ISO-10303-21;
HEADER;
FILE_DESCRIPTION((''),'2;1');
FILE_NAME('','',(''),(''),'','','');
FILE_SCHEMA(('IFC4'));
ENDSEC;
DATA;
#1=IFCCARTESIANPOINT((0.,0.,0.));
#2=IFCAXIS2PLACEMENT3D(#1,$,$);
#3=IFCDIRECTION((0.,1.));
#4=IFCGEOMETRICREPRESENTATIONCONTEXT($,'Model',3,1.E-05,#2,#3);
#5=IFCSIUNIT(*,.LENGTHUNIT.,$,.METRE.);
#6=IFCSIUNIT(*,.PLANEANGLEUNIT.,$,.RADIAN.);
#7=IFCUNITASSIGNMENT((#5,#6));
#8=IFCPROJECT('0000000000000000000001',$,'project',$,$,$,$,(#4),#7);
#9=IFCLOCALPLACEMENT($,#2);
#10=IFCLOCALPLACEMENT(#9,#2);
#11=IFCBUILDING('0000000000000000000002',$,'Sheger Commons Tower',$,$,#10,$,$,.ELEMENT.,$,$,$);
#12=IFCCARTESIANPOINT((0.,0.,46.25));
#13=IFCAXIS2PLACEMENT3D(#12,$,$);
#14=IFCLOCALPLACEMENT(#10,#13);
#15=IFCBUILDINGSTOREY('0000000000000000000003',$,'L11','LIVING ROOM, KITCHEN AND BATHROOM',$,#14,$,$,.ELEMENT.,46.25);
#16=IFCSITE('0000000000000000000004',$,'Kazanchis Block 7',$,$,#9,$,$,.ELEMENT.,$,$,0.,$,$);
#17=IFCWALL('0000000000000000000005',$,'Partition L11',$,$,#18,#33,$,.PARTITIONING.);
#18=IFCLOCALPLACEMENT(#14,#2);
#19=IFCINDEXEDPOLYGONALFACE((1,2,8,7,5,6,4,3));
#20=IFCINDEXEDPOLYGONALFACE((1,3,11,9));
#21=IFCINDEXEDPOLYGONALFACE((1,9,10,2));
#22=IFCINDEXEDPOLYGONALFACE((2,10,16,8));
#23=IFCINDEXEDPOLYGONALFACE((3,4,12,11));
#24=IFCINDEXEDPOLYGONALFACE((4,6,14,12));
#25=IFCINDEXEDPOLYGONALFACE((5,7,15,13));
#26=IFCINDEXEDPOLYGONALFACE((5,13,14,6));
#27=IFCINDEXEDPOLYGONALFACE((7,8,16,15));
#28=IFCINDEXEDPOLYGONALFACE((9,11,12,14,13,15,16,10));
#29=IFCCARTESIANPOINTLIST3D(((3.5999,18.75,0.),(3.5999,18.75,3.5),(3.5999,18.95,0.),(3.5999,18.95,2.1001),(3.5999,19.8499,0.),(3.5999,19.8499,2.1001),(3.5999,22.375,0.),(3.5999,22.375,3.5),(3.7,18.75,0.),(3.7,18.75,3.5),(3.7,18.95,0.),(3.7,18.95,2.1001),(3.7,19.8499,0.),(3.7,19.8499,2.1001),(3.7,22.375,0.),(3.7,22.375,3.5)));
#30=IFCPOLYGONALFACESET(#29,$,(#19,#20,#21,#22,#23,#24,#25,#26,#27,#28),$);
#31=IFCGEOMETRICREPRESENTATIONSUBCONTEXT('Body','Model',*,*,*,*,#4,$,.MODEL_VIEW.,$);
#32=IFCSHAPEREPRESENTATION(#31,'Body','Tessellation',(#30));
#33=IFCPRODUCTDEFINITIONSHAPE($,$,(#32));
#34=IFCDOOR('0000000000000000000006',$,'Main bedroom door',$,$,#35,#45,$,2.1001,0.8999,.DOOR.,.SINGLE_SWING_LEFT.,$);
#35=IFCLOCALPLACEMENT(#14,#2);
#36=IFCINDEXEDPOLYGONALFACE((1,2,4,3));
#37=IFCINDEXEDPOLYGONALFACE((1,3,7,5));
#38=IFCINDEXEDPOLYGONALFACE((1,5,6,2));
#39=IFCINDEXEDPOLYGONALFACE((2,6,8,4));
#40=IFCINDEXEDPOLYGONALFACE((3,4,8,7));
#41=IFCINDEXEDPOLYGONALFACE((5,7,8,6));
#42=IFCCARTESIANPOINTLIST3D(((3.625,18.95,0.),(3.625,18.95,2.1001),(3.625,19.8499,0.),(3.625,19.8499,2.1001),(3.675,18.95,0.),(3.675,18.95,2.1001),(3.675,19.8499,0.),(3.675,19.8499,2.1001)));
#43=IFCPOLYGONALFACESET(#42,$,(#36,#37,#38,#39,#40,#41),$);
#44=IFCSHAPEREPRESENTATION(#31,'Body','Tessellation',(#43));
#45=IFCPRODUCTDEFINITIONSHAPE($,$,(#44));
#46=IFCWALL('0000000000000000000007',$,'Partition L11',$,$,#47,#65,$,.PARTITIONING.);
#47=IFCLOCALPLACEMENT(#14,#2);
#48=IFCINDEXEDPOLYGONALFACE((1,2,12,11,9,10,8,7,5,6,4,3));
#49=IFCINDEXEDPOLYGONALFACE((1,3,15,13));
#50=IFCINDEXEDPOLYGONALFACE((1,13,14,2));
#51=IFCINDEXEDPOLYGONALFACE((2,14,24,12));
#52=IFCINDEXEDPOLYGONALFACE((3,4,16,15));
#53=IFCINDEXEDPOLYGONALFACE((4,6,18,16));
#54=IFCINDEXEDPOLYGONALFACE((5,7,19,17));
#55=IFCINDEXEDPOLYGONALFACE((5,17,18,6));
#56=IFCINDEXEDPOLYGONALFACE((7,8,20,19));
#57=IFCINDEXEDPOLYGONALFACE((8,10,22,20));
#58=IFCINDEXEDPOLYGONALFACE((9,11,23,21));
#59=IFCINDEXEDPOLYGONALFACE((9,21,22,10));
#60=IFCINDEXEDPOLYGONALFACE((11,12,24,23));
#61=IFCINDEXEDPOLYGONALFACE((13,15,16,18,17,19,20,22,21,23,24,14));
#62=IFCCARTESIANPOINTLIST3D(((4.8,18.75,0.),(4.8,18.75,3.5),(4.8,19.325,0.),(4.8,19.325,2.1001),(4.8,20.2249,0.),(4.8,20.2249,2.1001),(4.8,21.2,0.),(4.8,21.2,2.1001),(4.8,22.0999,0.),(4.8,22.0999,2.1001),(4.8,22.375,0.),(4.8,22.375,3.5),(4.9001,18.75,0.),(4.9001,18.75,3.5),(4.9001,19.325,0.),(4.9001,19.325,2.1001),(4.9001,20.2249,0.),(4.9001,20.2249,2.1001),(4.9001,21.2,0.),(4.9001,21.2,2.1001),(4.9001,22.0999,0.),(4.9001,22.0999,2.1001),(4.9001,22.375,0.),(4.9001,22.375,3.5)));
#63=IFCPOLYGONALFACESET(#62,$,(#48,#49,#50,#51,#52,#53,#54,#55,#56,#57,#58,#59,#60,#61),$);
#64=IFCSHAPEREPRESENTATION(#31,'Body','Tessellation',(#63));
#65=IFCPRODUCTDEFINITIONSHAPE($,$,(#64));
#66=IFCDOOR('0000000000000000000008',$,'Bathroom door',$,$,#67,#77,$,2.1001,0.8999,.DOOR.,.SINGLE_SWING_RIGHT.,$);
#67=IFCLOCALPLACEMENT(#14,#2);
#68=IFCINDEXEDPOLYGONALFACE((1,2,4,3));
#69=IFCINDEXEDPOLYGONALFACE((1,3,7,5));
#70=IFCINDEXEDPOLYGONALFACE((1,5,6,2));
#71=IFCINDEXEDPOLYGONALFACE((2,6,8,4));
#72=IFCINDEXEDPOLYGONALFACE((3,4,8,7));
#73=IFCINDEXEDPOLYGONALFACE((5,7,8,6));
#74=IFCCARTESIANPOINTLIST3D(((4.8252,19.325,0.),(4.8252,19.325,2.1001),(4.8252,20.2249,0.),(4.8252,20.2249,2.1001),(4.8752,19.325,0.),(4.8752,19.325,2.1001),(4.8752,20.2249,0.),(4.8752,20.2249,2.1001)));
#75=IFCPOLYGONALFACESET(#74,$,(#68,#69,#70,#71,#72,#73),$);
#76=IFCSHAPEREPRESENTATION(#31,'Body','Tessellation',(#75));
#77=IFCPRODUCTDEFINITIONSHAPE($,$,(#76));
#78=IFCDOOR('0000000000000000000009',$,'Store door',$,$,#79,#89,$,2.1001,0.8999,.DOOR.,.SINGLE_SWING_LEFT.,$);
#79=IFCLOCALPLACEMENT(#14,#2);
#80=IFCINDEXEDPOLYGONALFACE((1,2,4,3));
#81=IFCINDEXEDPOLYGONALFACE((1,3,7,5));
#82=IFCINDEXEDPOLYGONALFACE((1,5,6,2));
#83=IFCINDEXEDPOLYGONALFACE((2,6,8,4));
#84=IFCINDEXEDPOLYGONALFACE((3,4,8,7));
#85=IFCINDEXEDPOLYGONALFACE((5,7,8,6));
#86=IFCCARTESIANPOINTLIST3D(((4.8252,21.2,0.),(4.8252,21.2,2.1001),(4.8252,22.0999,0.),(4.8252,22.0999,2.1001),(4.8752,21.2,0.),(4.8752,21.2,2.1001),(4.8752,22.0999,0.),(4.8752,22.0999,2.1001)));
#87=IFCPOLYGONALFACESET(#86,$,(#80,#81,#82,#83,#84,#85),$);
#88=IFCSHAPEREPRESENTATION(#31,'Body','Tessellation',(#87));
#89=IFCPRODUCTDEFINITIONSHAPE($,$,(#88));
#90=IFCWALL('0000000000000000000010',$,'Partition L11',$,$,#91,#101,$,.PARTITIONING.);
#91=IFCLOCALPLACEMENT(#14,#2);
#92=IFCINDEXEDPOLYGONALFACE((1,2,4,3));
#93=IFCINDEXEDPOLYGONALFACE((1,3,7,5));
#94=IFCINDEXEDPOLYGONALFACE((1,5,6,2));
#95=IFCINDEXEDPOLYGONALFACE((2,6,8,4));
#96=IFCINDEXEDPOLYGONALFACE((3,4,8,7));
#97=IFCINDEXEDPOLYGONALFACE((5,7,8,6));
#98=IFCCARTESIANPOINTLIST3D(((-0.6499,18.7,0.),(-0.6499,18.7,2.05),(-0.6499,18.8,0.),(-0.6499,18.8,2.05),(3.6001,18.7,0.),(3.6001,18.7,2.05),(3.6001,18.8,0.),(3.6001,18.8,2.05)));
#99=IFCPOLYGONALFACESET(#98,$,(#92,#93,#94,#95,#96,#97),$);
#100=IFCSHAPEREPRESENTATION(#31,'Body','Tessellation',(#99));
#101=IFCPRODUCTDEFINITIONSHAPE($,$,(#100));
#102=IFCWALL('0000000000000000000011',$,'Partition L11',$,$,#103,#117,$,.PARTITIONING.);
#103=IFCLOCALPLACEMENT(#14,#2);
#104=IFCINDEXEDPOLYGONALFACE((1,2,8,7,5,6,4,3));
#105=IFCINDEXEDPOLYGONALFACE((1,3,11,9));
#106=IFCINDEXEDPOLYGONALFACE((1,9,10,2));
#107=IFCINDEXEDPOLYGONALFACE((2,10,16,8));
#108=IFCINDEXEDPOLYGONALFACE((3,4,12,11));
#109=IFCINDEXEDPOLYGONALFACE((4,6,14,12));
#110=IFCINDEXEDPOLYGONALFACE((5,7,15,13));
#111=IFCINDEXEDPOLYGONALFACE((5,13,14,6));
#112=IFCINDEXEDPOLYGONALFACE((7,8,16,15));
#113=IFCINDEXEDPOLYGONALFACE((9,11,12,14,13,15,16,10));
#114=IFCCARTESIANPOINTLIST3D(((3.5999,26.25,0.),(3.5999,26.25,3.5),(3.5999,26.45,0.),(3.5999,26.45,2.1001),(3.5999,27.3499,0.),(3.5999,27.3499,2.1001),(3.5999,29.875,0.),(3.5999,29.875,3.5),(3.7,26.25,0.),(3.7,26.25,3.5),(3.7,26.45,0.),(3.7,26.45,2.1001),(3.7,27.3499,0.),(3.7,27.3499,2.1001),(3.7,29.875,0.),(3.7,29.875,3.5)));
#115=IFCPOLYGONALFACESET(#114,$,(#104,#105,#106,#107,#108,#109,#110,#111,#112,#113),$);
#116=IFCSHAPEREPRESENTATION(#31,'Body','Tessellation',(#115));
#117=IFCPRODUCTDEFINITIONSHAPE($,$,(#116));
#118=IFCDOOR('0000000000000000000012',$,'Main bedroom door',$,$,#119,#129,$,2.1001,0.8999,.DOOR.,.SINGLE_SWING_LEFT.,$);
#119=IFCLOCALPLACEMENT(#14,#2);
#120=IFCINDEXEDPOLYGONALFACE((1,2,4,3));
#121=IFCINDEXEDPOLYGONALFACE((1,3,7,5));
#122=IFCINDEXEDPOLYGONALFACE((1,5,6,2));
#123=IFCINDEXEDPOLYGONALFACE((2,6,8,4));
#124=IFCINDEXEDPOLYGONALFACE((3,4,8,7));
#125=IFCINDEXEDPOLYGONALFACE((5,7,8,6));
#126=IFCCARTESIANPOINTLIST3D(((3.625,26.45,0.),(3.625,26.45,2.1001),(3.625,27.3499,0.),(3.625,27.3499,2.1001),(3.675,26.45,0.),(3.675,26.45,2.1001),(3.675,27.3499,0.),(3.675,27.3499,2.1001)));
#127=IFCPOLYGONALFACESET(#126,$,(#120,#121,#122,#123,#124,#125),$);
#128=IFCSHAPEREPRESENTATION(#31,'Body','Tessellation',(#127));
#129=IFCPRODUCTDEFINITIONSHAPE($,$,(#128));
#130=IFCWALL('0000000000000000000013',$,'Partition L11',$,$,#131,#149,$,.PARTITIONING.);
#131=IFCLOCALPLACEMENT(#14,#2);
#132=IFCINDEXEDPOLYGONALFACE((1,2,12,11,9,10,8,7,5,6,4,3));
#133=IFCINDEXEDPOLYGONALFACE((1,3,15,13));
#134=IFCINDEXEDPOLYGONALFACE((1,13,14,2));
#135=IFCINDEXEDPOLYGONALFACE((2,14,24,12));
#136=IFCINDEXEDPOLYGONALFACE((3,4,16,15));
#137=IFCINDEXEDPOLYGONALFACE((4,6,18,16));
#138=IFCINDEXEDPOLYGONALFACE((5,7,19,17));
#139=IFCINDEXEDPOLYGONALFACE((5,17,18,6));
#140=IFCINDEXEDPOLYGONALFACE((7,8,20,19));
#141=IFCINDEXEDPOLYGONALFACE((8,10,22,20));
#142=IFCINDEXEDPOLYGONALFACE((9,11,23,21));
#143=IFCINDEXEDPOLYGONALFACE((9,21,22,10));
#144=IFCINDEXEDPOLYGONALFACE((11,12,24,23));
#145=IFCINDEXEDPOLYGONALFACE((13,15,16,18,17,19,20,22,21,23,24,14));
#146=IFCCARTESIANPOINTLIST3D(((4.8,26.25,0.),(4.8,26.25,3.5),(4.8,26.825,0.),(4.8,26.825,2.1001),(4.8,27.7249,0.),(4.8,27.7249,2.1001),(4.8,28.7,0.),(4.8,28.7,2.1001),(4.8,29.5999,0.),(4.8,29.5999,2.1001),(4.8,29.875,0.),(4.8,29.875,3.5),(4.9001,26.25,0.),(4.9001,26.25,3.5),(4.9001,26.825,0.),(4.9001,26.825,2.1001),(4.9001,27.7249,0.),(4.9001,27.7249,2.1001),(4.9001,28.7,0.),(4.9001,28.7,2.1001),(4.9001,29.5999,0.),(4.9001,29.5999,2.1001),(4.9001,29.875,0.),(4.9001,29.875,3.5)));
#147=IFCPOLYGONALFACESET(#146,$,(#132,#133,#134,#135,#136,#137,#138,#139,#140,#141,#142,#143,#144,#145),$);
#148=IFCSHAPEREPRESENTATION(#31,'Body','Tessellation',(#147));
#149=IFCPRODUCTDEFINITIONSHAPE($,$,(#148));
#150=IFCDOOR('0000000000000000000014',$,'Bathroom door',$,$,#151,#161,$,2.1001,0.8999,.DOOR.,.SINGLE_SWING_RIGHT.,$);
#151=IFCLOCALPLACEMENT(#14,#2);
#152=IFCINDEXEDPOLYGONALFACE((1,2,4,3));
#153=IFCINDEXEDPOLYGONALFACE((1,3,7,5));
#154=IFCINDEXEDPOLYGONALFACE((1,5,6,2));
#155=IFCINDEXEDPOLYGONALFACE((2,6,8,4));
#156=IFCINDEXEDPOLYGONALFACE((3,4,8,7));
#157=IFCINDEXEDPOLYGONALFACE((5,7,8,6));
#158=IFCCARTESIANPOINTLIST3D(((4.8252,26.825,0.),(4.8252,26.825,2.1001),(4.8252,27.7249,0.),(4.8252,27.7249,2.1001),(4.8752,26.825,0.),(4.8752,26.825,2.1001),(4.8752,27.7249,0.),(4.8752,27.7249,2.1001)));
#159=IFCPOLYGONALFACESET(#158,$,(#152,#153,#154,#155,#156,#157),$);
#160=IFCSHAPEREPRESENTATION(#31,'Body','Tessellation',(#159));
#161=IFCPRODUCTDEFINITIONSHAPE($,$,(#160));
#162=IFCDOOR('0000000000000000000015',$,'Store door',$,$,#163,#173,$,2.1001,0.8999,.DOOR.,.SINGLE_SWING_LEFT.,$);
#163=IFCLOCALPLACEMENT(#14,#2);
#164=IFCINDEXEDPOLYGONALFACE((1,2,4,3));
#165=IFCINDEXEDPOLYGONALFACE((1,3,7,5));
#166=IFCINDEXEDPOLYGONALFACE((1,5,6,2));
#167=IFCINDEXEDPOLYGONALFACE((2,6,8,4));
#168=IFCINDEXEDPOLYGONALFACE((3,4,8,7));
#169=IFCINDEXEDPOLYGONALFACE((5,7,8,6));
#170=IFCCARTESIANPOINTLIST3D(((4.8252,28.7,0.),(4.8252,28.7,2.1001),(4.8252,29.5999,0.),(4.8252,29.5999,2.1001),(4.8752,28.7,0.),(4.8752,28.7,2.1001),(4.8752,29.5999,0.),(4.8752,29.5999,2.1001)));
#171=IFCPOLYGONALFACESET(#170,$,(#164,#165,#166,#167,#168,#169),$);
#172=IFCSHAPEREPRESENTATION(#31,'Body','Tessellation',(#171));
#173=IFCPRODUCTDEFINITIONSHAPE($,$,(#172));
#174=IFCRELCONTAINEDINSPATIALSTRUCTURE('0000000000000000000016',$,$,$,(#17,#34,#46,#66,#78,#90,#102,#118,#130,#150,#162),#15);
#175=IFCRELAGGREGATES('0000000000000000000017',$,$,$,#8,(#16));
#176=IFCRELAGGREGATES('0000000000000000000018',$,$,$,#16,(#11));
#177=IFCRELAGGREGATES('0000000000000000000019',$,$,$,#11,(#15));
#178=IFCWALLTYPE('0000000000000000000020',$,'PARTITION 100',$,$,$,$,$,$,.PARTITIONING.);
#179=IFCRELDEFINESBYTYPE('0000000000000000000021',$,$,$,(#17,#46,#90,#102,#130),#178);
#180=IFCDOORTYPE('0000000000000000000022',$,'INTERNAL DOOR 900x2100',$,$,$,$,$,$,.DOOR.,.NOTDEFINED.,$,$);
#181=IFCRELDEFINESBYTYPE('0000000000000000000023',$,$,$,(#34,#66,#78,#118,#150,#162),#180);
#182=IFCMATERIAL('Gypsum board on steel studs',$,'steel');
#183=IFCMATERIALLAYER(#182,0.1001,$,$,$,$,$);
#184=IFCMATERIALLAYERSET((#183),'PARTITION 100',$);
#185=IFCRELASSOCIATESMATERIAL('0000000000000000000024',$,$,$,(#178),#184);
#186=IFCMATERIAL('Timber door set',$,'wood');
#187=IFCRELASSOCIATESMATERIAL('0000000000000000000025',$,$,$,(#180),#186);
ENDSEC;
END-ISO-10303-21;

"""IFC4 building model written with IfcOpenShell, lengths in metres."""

from ifc_helpers import new_model, si_unit, direction, frame, frame_2d, origin, place, context, subcontext, project, spatial, rectangle, extrude, material, layer, layer_set, type_object, element, fill, save


model = new_model("IFC4")

# Units and contexts
model_context = context("Model", 3, precision=1e-05, world=origin(), true_north=direction((0.0, 1.0)))
body_context = subcontext(model_context, "Body", "Model", "MODEL_VIEW")
ifc_project = project(units=[si_unit("LENGTHUNIT", "METRE"), si_unit("PLANEANGLEUNIT", "RADIAN")], contexts=[model_context])

# Site, building, storey
site_placement = place(None, origin())
site = spatial("IfcSite", under=ifc_project, at=site_placement, Name="Kazanchis Block 7", CompositionType="ELEMENT", RefElevation=0.0)
building_placement = place(site_placement, origin())
building = spatial("IfcBuilding", under=site, at=building_placement, Name="Sheger Commons Tower", CompositionType="ELEMENT")
storey_placement = place(building_placement, frame((0.0, 0.0, 46.25)))
storey = spatial("IfcBuildingStorey", under=building, at=storey_placement, Name="L11", Description="LIVING ROOM, KITCHEN AND BATHROOM", CompositionType="ELEMENT", Elevation=46.25)

# Wall, opening, door
ifc_material_1 = material(Name="Gypsum board on steel studs", Category="steel")
ifc_layer_1 = layer(ifc_material_1, 0.1001)
ifc_layer_set_1 = layer_set([ifc_layer_1], Name="PARTITION 100")
wall_type_1 = type_object("IfcWallType", Name="PARTITION 100", PredefinedType="PARTITIONING", material=ifc_layer_set_1)
wall_1_placement = place(storey_placement, frame((3.6499, 18.75, 0.0), z_axis=(0.0, 0.0, 1.0), x_axis=(0.0, 1.0, 0.0)))
wall_1 = element("IfcWall", 1, at=wall_1_placement, inside=storey, type_object=wall_type_1, Name="Partition L11", PredefinedType="PARTITIONING", context=body_context, shape_type="SweptSolid", body=[
    extrude(rectangle(XDim=3.625, YDim=0.1001, at=frame_2d((1.8125, 0.0))), origin(), (0.0, 0.0, 1.0), 3.5),
])
opening_1_placement = place(wall_1_placement, frame((0.2, 0.0, 0.0)))
opening_1 = element("IfcOpeningElement", 2, at=opening_1_placement, cuts=wall_1, PredefinedType="OPENING", context=body_context, shape_type="SweptSolid", body=[
    extrude(rectangle(XDim=0.8999, YDim=2.1001, at=frame_2d((0.45, 1.05))), frame((0.0, 0.0601, 0.0), z_axis=(0.0, -1.0, 0.0), x_axis=(1.0, 0.0, 0.0)), (0.0, 0.0, 1.0), 0.1201),
])
ifc_material_2 = material(Name="Timber door set", Category="wood")
door_type = type_object("IfcDoorType", Name="INTERNAL DOOR 900x2100", OperationType="NOTDEFINED", PredefinedType="DOOR", material=ifc_material_2)
door_1_placement = place(opening_1_placement, origin())
door_1 = element("IfcDoor", 3, at=door_1_placement, inside=storey, type_object=door_type, Name="Main bedroom door", OperationType="SINGLE_SWING_LEFT", OverallHeight=2.1001, OverallWidth=0.8999, PredefinedType="DOOR", context=body_context, shape_type="SweptSolid", body=[
    extrude(rectangle(XDim=0.8999, YDim=2.1001, at=frame_2d((0.45, 1.05))), frame((0.0, 0.0249, 0.0), z_axis=(0.0, -1.0, 0.0), x_axis=(1.0, 0.0, 0.0)), (0.0, 0.0, 1.0), 0.05),
])
fill(opening_1, door_1)

# Wall, openings, doors
wall_2_placement = place(storey_placement, frame((4.8501, 18.75, 0.0), z_axis=(0.0, 0.0, 1.0), x_axis=(0.0, 1.0, 0.0)))
wall_2 = element("IfcWall", 4, at=wall_2_placement, inside=storey, type_object=wall_type_1, Name="Partition L11", PredefinedType="PARTITIONING", context=body_context, shape_type="SweptSolid", body=[
    extrude(rectangle(XDim=3.625, YDim=0.1001, at=frame_2d((1.8125, 0.0))), origin(), (0.0, 0.0, 1.0), 3.5),
])
opening_2_placement = place(wall_2_placement, frame((0.575, 0.0, 0.0)))
opening_2 = element("IfcOpeningElement", 5, at=opening_2_placement, cuts=wall_2, PredefinedType="OPENING", context=body_context, shape_type="SweptSolid", body=[
    extrude(rectangle(XDim=0.8999, YDim=2.1001, at=frame_2d((0.45, 1.05))), frame((0.0, 0.0601, 0.0), z_axis=(0.0, -1.0, 0.0), x_axis=(1.0, 0.0, 0.0)), (0.0, 0.0, 1.0), 0.1201),
])
opening_3_placement = place(wall_2_placement, frame((2.45, 0.0, 0.0)))
opening_3 = element("IfcOpeningElement", 6, at=opening_3_placement, cuts=wall_2, PredefinedType="OPENING", context=body_context, shape_type="SweptSolid", body=[
    extrude(rectangle(XDim=0.8999, YDim=2.1001, at=frame_2d((0.45, 1.05))), frame((0.0, 0.0601, 0.0), z_axis=(0.0, -1.0, 0.0), x_axis=(1.0, 0.0, 0.0)), (0.0, 0.0, 1.0), 0.1201),
])
door_2_placement = place(opening_2_placement, origin())
door_2 = element("IfcDoor", 7, at=door_2_placement, inside=storey, type_object=door_type, Name="Bathroom door", OperationType="SINGLE_SWING_RIGHT", OverallHeight=2.1001, OverallWidth=0.8999, PredefinedType="DOOR", context=body_context, shape_type="SweptSolid", body=[
    extrude(rectangle(XDim=0.8999, YDim=2.1001, at=frame_2d((0.45, 1.05))), frame((0.0, 0.0249, 0.0), z_axis=(0.0, -1.0, 0.0), x_axis=(1.0, 0.0, 0.0)), (0.0, 0.0, 1.0), 0.05),
])
fill(opening_2, door_2)
door_3_placement = place(opening_3_placement, origin())
door_3 = element("IfcDoor", 8, at=door_3_placement, inside=storey, type_object=door_type, Name="Store door", OperationType="SINGLE_SWING_LEFT", OverallHeight=2.1001, OverallWidth=0.8999, PredefinedType="DOOR", context=body_context, shape_type="SweptSolid", body=[
    extrude(rectangle(XDim=0.8999, YDim=2.1001, at=frame_2d((0.45, 1.05))), frame((0.0, 0.0249, 0.0), z_axis=(0.0, -1.0, 0.0), x_axis=(1.0, 0.0, 0.0)), (0.0, 0.0, 1.0), 0.05),
])
fill(opening_3, door_3)

# Wall
wall_3_placement = place(storey_placement, frame((-0.6499, 18.75, 0.0), z_axis=(0.0, 0.0, 1.0), x_axis=(1.0, 0.0, 0.0)))
element("IfcWall", 9, at=wall_3_placement, inside=storey, type_object=wall_type_1, Name="Partition L11", PredefinedType="PARTITIONING", context=body_context, shape_type="SweptSolid", body=[
    extrude(rectangle(XDim=4.25, YDim=0.1001, at=frame_2d((2.125, 0.0))), origin(), (0.0, 0.0, 1.0), 2.05),
])

# Wall, opening, door
wall_4_placement = place(storey_placement, frame((3.6499, 26.25, 0.0), z_axis=(0.0, 0.0, 1.0), x_axis=(0.0, 1.0, 0.0)))
wall_4 = element("IfcWall", 10, at=wall_4_placement, inside=storey, type_object=wall_type_1, Name="Partition L11", PredefinedType="PARTITIONING", context=body_context, shape_type="SweptSolid", body=[
    extrude(rectangle(XDim=3.625, YDim=0.1001, at=frame_2d((1.8125, 0.0))), origin(), (0.0, 0.0, 1.0), 3.5),
])
opening_4_placement = place(wall_4_placement, frame((0.2, 0.0, 0.0)))
opening_4 = element("IfcOpeningElement", 11, at=opening_4_placement, cuts=wall_4, PredefinedType="OPENING", context=body_context, shape_type="SweptSolid", body=[
    extrude(rectangle(XDim=0.8999, YDim=2.1001, at=frame_2d((0.45, 1.05))), frame((0.0, 0.0601, 0.0), z_axis=(0.0, -1.0, 0.0), x_axis=(1.0, 0.0, 0.0)), (0.0, 0.0, 1.0), 0.1201),
])
door_4_placement = place(opening_4_placement, origin())
door_4 = element("IfcDoor", 12, at=door_4_placement, inside=storey, type_object=door_type, Name="Main bedroom door", OperationType="SINGLE_SWING_LEFT", OverallHeight=2.1001, OverallWidth=0.8999, PredefinedType="DOOR", context=body_context, shape_type="SweptSolid", body=[
    extrude(rectangle(XDim=0.8999, YDim=2.1001, at=frame_2d((0.45, 1.05))), frame((0.0, 0.0249, 0.0), z_axis=(0.0, -1.0, 0.0), x_axis=(1.0, 0.0, 0.0)), (0.0, 0.0, 1.0), 0.05),
])
fill(opening_4, door_4)

# Wall, openings, doors
wall_5_placement = place(storey_placement, frame((4.8501, 26.25, 0.0), z_axis=(0.0, 0.0, 1.0), x_axis=(0.0, 1.0, 0.0)))
wall_5 = element("IfcWall", 13, at=wall_5_placement, inside=storey, type_object=wall_type_1, Name="Partition L11", PredefinedType="PARTITIONING", context=body_context, shape_type="SweptSolid", body=[
    extrude(rectangle(XDim=3.625, YDim=0.1001, at=frame_2d((1.8125, 0.0))), origin(), (0.0, 0.0, 1.0), 3.5),
])
opening_5_placement = place(wall_5_placement, frame((0.575, 0.0, 0.0)))
opening_5 = element("IfcOpeningElement", 14, at=opening_5_placement, cuts=wall_5, PredefinedType="OPENING", context=body_context, shape_type="SweptSolid", body=[
    extrude(rectangle(XDim=0.8999, YDim=2.1001, at=frame_2d((0.45, 1.05))), frame((0.0, 0.0601, 0.0), z_axis=(0.0, -1.0, 0.0), x_axis=(1.0, 0.0, 0.0)), (0.0, 0.0, 1.0), 0.1201),
])
opening_6_placement = place(wall_5_placement, frame((2.45, 0.0, 0.0)))
opening_6 = element("IfcOpeningElement", 15, at=opening_6_placement, cuts=wall_5, PredefinedType="OPENING", context=body_context, shape_type="SweptSolid", body=[
    extrude(rectangle(XDim=0.8999, YDim=2.1001, at=frame_2d((0.45, 1.05))), frame((0.0, 0.0601, 0.0), z_axis=(0.0, -1.0, 0.0), x_axis=(1.0, 0.0, 0.0)), (0.0, 0.0, 1.0), 0.1201),
])
door_5_placement = place(opening_5_placement, origin())
door_5 = element("IfcDoor", 16, at=door_5_placement, inside=storey, type_object=door_type, Name="Bathroom door", OperationType="SINGLE_SWING_RIGHT", OverallHeight=2.1001, OverallWidth=0.8999, PredefinedType="DOOR", context=body_context, shape_type="SweptSolid", body=[
    extrude(rectangle(XDim=0.8999, YDim=2.1001, at=frame_2d((0.45, 1.05))), frame((0.0, 0.0249, 0.0), z_axis=(0.0, -1.0, 0.0), x_axis=(1.0, 0.0, 0.0)), (0.0, 0.0, 1.0), 0.05),
])
fill(opening_5, door_5)
door_6_placement = place(opening_6_placement, origin())
door_6 = element("IfcDoor", 17, at=door_6_placement, inside=storey, type_object=door_type, Name="Store door", OperationType="SINGLE_SWING_LEFT", OverallHeight=2.1001, OverallWidth=0.8999, PredefinedType="DOOR", context=body_context, shape_type="SweptSolid", body=[
    extrude(rectangle(XDim=0.8999, YDim=2.1001, at=frame_2d((0.45, 1.05))), frame((0.0, 0.0249, 0.0), z_axis=(0.0, -1.0, 0.0), x_axis=(1.0, 0.0, 0.0)), (0.0, 0.0, 1.0), 0.05),
])
fill(opening_6, door_6)

save(model, "model.ifc")
